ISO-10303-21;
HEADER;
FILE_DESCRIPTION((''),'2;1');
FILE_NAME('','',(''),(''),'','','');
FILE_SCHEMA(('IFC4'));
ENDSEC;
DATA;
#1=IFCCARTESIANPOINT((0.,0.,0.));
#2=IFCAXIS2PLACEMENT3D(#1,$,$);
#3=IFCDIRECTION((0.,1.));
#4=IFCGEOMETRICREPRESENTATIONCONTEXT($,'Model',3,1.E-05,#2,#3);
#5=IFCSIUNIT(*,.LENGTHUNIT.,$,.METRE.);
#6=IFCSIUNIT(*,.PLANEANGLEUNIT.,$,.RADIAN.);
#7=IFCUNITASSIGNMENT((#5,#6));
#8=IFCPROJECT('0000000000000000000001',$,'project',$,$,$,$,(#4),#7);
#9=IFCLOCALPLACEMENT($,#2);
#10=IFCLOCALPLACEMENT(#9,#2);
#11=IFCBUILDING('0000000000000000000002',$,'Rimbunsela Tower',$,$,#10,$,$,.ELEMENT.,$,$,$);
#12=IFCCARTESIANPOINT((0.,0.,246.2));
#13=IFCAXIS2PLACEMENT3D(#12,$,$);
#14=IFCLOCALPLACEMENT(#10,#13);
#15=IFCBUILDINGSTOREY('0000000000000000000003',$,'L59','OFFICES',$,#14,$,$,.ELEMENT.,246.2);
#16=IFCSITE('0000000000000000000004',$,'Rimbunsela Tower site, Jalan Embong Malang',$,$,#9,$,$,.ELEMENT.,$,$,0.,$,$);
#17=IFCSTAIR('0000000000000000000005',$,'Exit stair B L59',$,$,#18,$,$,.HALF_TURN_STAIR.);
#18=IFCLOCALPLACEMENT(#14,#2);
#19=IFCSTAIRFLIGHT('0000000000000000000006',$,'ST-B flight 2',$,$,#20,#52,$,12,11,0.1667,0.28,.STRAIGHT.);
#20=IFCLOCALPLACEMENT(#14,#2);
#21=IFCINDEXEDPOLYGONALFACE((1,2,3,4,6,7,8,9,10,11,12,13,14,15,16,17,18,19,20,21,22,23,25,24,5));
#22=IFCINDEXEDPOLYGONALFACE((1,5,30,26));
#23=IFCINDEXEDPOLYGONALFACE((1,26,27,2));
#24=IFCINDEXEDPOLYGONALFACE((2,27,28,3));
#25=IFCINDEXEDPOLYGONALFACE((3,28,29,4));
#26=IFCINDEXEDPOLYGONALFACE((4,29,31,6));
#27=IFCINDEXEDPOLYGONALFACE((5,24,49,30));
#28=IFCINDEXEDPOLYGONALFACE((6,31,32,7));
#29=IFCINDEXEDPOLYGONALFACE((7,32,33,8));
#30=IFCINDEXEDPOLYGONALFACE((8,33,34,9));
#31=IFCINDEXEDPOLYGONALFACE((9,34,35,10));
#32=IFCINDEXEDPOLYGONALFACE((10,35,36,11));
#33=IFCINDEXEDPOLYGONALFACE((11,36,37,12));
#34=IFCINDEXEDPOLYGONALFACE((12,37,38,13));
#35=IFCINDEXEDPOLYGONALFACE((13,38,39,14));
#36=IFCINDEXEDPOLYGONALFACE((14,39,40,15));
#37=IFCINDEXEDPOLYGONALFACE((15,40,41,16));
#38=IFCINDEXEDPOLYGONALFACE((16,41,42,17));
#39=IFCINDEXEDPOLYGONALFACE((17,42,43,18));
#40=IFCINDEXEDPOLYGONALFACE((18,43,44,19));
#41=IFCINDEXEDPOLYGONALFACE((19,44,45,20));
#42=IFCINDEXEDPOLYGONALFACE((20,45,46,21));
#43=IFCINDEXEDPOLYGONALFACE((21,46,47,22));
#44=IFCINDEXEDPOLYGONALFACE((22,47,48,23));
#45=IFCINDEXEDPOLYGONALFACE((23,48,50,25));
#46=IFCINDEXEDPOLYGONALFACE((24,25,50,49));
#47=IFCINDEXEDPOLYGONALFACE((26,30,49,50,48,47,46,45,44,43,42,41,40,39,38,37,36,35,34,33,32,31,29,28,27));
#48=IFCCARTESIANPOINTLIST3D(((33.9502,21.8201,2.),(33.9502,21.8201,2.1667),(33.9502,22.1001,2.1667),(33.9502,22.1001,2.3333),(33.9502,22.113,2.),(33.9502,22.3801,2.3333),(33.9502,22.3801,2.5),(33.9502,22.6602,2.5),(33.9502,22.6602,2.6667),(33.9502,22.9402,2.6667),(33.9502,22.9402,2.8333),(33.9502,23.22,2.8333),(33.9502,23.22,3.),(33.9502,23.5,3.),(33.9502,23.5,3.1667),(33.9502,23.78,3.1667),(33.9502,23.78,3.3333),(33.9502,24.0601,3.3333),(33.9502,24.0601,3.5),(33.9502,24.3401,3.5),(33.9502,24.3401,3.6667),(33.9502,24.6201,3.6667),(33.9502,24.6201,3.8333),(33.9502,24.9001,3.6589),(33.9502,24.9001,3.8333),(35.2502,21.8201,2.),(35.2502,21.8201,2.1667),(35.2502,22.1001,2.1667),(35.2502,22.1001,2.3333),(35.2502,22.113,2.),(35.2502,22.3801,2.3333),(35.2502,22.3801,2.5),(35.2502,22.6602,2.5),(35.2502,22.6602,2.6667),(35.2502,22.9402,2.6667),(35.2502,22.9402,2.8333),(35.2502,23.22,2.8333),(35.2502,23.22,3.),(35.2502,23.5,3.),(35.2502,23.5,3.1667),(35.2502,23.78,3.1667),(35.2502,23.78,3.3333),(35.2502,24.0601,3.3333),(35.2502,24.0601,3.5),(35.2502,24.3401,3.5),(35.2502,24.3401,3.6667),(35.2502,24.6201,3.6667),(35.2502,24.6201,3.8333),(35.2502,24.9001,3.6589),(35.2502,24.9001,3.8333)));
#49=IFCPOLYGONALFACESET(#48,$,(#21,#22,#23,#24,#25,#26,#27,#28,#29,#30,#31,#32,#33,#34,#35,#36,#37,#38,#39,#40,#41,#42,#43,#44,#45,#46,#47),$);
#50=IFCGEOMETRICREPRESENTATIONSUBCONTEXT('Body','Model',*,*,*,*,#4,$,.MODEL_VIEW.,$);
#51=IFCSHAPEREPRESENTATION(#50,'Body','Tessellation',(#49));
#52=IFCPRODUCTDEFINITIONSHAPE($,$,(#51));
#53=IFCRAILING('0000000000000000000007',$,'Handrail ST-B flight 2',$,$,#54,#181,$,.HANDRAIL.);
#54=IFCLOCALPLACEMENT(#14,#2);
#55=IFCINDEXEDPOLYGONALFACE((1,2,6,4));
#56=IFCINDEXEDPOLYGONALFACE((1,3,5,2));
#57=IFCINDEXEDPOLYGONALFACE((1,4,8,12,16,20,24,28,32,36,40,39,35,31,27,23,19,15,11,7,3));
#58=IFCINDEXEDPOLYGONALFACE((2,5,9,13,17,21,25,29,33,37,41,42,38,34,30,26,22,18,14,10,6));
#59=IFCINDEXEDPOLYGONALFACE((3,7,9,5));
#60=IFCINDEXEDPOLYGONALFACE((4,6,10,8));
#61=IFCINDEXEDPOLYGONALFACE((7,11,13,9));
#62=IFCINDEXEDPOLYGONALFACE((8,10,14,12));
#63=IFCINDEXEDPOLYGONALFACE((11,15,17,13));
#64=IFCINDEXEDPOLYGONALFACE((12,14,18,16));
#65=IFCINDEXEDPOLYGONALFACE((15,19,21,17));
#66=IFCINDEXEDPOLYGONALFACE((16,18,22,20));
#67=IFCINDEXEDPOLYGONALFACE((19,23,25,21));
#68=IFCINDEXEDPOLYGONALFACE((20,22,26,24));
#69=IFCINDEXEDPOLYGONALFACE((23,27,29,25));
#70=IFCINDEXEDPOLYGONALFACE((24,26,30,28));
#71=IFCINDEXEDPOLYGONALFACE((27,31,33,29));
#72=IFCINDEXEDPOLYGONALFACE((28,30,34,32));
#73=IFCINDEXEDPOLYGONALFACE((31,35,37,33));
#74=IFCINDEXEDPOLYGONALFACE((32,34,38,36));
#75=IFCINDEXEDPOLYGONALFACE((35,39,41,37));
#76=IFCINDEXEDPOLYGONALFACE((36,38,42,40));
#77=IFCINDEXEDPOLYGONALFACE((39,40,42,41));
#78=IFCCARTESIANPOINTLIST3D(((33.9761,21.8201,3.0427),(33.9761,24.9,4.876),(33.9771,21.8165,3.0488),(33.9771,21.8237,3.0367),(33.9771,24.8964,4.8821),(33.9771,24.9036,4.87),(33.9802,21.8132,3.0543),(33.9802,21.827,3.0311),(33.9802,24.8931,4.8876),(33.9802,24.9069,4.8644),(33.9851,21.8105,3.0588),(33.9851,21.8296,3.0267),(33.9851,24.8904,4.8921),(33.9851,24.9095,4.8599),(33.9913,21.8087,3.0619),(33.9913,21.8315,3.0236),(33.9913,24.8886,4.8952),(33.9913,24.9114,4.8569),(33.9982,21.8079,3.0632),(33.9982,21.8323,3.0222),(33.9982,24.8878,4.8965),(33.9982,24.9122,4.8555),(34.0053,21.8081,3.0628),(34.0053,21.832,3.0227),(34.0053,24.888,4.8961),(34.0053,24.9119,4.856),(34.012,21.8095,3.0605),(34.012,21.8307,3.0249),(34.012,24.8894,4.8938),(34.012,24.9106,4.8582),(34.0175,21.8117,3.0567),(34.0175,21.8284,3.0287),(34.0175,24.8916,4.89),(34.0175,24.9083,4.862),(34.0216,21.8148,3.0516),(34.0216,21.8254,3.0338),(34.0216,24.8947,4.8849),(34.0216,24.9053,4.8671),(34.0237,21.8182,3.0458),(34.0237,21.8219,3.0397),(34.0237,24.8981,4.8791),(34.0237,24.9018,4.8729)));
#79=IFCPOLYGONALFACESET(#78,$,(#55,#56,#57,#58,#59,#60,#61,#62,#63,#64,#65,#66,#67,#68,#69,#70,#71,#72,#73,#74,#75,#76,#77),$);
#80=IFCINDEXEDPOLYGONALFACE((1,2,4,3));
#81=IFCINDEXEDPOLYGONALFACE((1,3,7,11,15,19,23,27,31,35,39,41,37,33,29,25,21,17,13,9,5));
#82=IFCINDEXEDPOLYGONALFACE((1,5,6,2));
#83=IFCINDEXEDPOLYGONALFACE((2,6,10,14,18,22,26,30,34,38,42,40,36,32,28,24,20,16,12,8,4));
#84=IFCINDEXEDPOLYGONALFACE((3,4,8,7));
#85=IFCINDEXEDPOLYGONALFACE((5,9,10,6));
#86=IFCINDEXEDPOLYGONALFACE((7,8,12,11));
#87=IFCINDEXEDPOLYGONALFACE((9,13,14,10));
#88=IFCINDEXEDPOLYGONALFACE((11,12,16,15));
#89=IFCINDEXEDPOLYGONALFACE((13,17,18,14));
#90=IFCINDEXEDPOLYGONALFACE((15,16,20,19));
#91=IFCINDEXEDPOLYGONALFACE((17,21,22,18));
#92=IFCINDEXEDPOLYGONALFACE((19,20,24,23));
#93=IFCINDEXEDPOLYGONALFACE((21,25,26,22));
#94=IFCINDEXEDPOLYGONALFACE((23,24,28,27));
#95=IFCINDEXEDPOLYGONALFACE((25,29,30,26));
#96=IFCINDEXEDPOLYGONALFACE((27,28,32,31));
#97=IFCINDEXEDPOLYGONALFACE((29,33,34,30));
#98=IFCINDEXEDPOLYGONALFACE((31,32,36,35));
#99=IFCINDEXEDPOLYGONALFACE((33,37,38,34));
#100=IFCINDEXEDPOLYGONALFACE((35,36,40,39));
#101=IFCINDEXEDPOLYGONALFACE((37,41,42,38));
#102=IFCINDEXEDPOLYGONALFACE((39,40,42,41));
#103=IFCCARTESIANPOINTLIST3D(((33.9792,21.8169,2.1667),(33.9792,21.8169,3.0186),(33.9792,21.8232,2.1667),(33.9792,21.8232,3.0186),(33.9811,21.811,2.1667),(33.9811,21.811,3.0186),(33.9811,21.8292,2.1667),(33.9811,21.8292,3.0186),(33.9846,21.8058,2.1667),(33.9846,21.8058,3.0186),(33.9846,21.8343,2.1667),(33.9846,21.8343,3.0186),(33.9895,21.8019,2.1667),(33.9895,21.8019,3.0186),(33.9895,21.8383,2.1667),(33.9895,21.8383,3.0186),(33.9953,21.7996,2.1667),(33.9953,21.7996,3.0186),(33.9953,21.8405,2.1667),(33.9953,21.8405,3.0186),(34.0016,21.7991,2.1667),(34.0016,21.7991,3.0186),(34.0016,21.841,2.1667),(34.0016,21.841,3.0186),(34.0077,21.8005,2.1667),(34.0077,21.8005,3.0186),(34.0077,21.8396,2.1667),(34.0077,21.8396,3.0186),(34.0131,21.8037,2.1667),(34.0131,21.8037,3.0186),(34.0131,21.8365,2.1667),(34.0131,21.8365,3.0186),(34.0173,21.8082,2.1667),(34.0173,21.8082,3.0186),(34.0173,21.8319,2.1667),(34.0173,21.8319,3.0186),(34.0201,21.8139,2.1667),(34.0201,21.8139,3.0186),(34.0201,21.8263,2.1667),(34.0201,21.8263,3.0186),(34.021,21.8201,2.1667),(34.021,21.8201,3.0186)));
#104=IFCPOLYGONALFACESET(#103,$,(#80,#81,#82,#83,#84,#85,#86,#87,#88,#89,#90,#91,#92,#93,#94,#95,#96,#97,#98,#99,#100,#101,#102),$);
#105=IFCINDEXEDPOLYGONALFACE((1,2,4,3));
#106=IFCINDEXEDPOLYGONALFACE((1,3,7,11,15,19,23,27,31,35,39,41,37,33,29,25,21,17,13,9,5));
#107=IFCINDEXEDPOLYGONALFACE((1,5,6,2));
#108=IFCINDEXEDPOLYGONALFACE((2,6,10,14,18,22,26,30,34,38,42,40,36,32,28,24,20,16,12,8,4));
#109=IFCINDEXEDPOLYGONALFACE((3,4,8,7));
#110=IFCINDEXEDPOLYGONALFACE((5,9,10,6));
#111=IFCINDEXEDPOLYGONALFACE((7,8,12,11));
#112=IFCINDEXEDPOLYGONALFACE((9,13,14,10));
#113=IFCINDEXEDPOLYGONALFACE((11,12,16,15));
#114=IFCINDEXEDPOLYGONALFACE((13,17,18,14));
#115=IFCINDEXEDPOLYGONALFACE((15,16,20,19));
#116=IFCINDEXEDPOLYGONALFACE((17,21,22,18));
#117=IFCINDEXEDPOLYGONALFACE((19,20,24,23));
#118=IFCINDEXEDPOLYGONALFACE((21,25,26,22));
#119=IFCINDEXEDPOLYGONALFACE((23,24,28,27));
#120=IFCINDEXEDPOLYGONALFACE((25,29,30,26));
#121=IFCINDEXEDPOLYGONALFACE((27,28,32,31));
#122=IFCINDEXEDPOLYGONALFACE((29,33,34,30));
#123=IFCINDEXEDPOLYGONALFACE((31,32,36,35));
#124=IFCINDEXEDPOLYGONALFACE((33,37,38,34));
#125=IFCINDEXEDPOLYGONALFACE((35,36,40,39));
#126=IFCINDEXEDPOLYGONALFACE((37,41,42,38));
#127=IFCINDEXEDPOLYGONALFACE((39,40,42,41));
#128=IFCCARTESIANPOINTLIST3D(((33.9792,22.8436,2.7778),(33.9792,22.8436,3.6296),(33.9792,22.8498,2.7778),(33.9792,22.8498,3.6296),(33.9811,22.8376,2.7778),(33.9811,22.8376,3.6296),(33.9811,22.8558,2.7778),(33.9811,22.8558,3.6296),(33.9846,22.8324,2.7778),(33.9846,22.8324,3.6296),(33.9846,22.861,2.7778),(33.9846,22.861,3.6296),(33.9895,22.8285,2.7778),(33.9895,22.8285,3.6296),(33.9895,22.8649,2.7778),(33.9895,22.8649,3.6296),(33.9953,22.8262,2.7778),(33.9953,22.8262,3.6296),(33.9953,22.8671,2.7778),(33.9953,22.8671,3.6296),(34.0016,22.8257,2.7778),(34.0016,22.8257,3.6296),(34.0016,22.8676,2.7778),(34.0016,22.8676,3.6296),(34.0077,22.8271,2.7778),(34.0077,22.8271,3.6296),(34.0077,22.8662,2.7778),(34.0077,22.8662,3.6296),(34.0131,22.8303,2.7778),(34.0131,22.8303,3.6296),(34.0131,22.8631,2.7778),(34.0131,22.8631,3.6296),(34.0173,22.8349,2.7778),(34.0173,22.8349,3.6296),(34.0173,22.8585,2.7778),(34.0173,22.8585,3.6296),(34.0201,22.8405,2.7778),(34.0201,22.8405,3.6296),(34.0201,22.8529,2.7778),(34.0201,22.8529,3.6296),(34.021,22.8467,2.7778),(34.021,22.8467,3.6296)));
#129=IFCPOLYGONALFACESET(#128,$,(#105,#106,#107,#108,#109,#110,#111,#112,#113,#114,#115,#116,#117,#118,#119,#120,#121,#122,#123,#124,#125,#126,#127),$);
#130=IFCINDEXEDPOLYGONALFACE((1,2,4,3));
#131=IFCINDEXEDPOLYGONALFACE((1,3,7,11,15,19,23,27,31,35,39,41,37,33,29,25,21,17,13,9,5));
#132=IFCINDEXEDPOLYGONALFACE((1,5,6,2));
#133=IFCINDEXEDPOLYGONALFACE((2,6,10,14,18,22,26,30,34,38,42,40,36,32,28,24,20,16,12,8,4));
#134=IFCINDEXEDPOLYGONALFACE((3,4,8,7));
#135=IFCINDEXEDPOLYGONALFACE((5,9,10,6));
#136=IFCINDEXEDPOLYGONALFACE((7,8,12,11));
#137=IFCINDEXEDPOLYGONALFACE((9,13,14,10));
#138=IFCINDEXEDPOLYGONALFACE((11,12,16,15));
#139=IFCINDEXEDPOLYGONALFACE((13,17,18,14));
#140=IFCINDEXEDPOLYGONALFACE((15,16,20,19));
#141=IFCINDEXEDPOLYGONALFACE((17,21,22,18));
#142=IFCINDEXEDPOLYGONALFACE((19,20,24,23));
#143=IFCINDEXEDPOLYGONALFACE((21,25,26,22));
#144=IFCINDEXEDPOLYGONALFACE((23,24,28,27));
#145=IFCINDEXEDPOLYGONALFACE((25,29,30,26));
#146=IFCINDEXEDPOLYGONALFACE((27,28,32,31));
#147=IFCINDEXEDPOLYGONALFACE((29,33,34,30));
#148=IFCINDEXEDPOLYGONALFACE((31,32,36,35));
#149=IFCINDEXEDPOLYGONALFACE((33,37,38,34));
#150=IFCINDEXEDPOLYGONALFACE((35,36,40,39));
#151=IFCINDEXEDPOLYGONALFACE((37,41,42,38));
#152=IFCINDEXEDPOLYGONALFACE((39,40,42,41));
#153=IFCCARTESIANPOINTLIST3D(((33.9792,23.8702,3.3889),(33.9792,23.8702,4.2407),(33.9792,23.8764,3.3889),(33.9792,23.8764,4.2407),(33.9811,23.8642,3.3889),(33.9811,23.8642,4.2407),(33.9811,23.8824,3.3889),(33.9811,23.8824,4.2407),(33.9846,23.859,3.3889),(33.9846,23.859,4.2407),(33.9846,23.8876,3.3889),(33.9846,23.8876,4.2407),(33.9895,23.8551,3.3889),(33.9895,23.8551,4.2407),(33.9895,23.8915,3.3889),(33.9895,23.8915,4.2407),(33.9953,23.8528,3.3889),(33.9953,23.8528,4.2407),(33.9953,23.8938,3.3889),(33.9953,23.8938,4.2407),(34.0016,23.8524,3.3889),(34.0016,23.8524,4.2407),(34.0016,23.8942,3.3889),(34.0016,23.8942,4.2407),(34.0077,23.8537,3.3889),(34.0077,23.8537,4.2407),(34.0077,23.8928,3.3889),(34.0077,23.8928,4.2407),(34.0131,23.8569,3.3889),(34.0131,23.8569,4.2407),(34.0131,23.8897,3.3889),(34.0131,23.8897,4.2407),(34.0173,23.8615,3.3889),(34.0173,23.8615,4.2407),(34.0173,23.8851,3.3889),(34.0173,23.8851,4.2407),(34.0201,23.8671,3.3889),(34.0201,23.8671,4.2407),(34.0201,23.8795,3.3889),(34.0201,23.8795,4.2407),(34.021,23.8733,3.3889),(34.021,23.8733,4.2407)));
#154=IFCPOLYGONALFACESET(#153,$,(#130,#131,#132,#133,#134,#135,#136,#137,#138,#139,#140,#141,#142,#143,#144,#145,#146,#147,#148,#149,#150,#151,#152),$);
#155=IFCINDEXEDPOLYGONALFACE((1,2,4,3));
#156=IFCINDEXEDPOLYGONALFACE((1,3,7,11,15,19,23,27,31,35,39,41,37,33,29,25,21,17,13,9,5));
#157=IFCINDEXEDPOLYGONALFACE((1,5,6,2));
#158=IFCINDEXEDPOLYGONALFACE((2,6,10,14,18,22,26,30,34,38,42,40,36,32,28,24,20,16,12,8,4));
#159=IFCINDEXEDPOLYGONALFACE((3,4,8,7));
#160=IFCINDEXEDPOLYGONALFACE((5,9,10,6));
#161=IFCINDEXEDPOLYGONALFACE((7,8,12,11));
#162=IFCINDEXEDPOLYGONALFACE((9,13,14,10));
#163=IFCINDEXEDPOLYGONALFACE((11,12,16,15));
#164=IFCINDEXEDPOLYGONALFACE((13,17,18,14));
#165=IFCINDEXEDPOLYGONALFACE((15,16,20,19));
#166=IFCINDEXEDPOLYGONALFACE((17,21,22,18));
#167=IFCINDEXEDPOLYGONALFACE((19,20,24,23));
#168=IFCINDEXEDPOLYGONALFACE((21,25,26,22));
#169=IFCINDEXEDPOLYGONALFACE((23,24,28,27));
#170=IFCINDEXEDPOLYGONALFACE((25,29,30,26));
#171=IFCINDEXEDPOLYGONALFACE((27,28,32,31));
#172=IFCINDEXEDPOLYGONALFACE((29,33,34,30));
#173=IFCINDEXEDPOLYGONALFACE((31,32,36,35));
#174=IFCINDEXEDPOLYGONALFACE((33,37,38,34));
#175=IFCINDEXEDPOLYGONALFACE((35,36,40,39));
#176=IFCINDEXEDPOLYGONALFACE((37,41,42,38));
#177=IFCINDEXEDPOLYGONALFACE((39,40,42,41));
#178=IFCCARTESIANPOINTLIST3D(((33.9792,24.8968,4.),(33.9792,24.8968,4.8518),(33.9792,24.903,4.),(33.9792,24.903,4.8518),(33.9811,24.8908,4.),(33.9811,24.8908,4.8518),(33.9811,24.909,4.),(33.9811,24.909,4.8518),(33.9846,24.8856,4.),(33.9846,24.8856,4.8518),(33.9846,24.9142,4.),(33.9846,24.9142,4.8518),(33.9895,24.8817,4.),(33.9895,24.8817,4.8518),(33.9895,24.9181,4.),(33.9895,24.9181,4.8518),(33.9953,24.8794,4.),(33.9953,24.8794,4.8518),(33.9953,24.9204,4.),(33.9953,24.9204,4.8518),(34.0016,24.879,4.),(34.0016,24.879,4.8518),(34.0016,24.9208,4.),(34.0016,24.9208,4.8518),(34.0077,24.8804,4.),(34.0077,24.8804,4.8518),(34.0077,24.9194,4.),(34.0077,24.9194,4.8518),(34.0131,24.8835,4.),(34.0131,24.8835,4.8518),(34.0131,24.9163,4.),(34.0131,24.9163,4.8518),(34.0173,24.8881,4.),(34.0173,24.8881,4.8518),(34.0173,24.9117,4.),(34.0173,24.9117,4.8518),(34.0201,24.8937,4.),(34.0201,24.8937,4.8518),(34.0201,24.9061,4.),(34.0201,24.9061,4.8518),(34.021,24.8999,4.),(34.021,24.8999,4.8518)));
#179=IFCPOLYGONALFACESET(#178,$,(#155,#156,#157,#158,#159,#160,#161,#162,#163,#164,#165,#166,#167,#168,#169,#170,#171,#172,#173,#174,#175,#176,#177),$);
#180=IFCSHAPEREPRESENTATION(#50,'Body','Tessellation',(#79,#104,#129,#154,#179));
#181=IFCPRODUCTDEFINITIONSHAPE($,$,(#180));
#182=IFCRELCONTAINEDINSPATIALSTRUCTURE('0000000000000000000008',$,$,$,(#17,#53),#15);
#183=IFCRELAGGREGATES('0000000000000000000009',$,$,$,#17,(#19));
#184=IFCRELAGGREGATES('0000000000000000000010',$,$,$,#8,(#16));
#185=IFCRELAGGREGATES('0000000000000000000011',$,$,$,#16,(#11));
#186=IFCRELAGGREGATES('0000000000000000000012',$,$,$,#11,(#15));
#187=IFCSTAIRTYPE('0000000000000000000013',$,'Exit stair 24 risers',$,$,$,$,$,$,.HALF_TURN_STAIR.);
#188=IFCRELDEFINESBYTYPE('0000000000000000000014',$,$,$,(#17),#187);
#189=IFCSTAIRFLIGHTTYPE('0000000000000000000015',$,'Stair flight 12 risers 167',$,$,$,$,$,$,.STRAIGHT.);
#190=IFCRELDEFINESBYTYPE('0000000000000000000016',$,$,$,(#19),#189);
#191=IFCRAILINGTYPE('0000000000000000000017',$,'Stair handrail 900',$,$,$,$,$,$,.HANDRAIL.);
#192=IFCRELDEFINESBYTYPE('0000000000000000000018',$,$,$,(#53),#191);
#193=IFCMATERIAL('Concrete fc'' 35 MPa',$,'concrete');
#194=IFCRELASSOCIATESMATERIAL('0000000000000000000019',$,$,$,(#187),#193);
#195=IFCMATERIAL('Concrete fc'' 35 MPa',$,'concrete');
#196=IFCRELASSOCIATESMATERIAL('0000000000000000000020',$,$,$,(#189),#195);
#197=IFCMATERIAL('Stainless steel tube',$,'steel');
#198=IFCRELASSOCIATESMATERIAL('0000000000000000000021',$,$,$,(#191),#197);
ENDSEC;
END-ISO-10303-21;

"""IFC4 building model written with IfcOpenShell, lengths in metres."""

from ifc_helpers import new_model, si_unit, direction, frame, origin, origin_2d, place, context, subcontext, project, spatial, polyline, circle, outline, extrude, material, type_object, element, aggregate, save


model = new_model("IFC4")

# Units and contexts
model_context = context("Model", 3, precision=1e-05, world=origin(), true_north=direction((0.0, 1.0)))
body_context = subcontext(model_context, "Body", "Model", "MODEL_VIEW")
ifc_project = project(units=[si_unit("LENGTHUNIT", "METRE"), si_unit("PLANEANGLEUNIT", "RADIAN")], contexts=[model_context])

# Site, building, storey
site_placement = place(None, origin())
site = spatial("IfcSite", under=ifc_project, at=site_placement, Name="Rimbunsela Tower site, Jalan Embong Malang", CompositionType="ELEMENT", RefElevation=0.0)
building_placement = place(site_placement, origin())
building = spatial("IfcBuilding", under=site, at=building_placement, Name="Rimbunsela Tower", CompositionType="ELEMENT")
storey_placement = place(building_placement, frame((0.0, 0.0, 246.2)))
storey = spatial("IfcBuildingStorey", under=building, at=storey_placement, Name="L59", Description="OFFICES", CompositionType="ELEMENT", Elevation=246.2)

# Stair, stair flight
ifc_material_1 = material(Name="Concrete fc' 35 MPa", Category="concrete")
stair_type = type_object("IfcStairType", Name="Exit stair 24 risers", PredefinedType="HALF_TURN_STAIR", material=ifc_material_1)
ifc_material_2 = material(Name="Concrete fc' 35 MPa", Category="concrete")
stair_flight_type = type_object("IfcStairFlightType", Name="Stair flight 12 risers 167", PredefinedType="STRAIGHT", material=ifc_material_2)
stair_1_placement = place(storey_placement, origin())
stair_1 = element("IfcStair", 1, at=stair_1_placement, inside=storey, type_object=stair_type, Name="Exit stair B L59", PredefinedType="HALF_TURN_STAIR")
stair_flight_1_placement = place(storey_placement, frame((34.6001, 21.8201, 2.0), z_axis=(0.0, 0.0, 1.0), x_axis=(0.0, 1.0, 0.0)))
stair_flight_1 = element("IfcStairFlight", 2, at=stair_flight_1_placement, type_object=stair_flight_type, Name="ST-B flight 2", NumberOfRisers=12, NumberOfTreads=11, PredefinedType="STRAIGHT", RiserHeight=0.1667, TreadLength=0.28, context=body_context, shape_type="SweptSolid", body=[
    extrude(outline(polyline([(0.0, 0.0), (0.0, 0.1667), (0.28, 0.1667), (0.28, 0.3333), (0.5601, 0.3333), (0.5601, 0.5), (0.8401, 0.5), (0.8401, 0.6667), (1.1201, 0.6667), (1.1201, 0.8333), (1.3999, 0.8333), (1.3999, 1.0), (1.6799, 1.0), (1.6799, 1.1667), (1.96, 1.1667), (1.96, 1.3333), (2.24, 1.3333), (2.24, 1.5), (2.52, 1.5), (2.52, 1.6667), (2.8, 1.6667), (2.8, 1.8333), (3.0801, 1.8333), (3.0801, 2.0), (3.0801, 1.6589), (0.293, 0.0), (0.0, 0.0)])), frame((0.0, 0.6499, 0.0), z_axis=(0.0, -1.0, 0.0), x_axis=(1.0, 0.0, 0.0)), (0.0, 0.0, 1.0), 1.3),
])
aggregate(stair_1, [stair_flight_1])

# Railing
ifc_material_3 = material(Name="Stainless steel tube", Category="steel")
railing_type = type_object("IfcRailingType", Name="Stair handrail 900", PredefinedType="HANDRAIL", material=ifc_material_3)
railing_placement = place(storey_placement, frame((34.0, 21.8201, 2.1667)))
element("IfcRailing", 3, at=railing_placement, inside=storey, type_object=railing_type, Name="Handrail ST-B flight 2", PredefinedType="HANDRAIL", context=body_context, shape_type="SweptSolid", body=[
    extrude(circle(Radius=0.0239, at=origin_2d()), frame((0.0, 0.0, 0.876), z_axis=(0.0, 0.859291, 0.511487), x_axis=(-1.0, 0.0, 0.0)), (0.0, 0.0, 1.0), 3.5842),
    extrude(circle(Radius=0.021, at=origin_2d()), origin(), (0.0, 0.0, 1.0), 0.8518),
    extrude(circle(Radius=0.021, at=origin_2d()), frame((0.0, 1.0266, 0.6111)), (0.0, 0.0, 1.0), 0.8518),
    extrude(circle(Radius=0.021, at=origin_2d()), frame((0.0, 2.0532, 1.2222)), (0.0, 0.0, 1.0), 0.8518),
    extrude(circle(Radius=0.021, at=origin_2d()), frame((0.0, 3.0798, 1.8333)), (0.0, 0.0, 1.0), 0.8518),
])

save(model, "model.ifc")
